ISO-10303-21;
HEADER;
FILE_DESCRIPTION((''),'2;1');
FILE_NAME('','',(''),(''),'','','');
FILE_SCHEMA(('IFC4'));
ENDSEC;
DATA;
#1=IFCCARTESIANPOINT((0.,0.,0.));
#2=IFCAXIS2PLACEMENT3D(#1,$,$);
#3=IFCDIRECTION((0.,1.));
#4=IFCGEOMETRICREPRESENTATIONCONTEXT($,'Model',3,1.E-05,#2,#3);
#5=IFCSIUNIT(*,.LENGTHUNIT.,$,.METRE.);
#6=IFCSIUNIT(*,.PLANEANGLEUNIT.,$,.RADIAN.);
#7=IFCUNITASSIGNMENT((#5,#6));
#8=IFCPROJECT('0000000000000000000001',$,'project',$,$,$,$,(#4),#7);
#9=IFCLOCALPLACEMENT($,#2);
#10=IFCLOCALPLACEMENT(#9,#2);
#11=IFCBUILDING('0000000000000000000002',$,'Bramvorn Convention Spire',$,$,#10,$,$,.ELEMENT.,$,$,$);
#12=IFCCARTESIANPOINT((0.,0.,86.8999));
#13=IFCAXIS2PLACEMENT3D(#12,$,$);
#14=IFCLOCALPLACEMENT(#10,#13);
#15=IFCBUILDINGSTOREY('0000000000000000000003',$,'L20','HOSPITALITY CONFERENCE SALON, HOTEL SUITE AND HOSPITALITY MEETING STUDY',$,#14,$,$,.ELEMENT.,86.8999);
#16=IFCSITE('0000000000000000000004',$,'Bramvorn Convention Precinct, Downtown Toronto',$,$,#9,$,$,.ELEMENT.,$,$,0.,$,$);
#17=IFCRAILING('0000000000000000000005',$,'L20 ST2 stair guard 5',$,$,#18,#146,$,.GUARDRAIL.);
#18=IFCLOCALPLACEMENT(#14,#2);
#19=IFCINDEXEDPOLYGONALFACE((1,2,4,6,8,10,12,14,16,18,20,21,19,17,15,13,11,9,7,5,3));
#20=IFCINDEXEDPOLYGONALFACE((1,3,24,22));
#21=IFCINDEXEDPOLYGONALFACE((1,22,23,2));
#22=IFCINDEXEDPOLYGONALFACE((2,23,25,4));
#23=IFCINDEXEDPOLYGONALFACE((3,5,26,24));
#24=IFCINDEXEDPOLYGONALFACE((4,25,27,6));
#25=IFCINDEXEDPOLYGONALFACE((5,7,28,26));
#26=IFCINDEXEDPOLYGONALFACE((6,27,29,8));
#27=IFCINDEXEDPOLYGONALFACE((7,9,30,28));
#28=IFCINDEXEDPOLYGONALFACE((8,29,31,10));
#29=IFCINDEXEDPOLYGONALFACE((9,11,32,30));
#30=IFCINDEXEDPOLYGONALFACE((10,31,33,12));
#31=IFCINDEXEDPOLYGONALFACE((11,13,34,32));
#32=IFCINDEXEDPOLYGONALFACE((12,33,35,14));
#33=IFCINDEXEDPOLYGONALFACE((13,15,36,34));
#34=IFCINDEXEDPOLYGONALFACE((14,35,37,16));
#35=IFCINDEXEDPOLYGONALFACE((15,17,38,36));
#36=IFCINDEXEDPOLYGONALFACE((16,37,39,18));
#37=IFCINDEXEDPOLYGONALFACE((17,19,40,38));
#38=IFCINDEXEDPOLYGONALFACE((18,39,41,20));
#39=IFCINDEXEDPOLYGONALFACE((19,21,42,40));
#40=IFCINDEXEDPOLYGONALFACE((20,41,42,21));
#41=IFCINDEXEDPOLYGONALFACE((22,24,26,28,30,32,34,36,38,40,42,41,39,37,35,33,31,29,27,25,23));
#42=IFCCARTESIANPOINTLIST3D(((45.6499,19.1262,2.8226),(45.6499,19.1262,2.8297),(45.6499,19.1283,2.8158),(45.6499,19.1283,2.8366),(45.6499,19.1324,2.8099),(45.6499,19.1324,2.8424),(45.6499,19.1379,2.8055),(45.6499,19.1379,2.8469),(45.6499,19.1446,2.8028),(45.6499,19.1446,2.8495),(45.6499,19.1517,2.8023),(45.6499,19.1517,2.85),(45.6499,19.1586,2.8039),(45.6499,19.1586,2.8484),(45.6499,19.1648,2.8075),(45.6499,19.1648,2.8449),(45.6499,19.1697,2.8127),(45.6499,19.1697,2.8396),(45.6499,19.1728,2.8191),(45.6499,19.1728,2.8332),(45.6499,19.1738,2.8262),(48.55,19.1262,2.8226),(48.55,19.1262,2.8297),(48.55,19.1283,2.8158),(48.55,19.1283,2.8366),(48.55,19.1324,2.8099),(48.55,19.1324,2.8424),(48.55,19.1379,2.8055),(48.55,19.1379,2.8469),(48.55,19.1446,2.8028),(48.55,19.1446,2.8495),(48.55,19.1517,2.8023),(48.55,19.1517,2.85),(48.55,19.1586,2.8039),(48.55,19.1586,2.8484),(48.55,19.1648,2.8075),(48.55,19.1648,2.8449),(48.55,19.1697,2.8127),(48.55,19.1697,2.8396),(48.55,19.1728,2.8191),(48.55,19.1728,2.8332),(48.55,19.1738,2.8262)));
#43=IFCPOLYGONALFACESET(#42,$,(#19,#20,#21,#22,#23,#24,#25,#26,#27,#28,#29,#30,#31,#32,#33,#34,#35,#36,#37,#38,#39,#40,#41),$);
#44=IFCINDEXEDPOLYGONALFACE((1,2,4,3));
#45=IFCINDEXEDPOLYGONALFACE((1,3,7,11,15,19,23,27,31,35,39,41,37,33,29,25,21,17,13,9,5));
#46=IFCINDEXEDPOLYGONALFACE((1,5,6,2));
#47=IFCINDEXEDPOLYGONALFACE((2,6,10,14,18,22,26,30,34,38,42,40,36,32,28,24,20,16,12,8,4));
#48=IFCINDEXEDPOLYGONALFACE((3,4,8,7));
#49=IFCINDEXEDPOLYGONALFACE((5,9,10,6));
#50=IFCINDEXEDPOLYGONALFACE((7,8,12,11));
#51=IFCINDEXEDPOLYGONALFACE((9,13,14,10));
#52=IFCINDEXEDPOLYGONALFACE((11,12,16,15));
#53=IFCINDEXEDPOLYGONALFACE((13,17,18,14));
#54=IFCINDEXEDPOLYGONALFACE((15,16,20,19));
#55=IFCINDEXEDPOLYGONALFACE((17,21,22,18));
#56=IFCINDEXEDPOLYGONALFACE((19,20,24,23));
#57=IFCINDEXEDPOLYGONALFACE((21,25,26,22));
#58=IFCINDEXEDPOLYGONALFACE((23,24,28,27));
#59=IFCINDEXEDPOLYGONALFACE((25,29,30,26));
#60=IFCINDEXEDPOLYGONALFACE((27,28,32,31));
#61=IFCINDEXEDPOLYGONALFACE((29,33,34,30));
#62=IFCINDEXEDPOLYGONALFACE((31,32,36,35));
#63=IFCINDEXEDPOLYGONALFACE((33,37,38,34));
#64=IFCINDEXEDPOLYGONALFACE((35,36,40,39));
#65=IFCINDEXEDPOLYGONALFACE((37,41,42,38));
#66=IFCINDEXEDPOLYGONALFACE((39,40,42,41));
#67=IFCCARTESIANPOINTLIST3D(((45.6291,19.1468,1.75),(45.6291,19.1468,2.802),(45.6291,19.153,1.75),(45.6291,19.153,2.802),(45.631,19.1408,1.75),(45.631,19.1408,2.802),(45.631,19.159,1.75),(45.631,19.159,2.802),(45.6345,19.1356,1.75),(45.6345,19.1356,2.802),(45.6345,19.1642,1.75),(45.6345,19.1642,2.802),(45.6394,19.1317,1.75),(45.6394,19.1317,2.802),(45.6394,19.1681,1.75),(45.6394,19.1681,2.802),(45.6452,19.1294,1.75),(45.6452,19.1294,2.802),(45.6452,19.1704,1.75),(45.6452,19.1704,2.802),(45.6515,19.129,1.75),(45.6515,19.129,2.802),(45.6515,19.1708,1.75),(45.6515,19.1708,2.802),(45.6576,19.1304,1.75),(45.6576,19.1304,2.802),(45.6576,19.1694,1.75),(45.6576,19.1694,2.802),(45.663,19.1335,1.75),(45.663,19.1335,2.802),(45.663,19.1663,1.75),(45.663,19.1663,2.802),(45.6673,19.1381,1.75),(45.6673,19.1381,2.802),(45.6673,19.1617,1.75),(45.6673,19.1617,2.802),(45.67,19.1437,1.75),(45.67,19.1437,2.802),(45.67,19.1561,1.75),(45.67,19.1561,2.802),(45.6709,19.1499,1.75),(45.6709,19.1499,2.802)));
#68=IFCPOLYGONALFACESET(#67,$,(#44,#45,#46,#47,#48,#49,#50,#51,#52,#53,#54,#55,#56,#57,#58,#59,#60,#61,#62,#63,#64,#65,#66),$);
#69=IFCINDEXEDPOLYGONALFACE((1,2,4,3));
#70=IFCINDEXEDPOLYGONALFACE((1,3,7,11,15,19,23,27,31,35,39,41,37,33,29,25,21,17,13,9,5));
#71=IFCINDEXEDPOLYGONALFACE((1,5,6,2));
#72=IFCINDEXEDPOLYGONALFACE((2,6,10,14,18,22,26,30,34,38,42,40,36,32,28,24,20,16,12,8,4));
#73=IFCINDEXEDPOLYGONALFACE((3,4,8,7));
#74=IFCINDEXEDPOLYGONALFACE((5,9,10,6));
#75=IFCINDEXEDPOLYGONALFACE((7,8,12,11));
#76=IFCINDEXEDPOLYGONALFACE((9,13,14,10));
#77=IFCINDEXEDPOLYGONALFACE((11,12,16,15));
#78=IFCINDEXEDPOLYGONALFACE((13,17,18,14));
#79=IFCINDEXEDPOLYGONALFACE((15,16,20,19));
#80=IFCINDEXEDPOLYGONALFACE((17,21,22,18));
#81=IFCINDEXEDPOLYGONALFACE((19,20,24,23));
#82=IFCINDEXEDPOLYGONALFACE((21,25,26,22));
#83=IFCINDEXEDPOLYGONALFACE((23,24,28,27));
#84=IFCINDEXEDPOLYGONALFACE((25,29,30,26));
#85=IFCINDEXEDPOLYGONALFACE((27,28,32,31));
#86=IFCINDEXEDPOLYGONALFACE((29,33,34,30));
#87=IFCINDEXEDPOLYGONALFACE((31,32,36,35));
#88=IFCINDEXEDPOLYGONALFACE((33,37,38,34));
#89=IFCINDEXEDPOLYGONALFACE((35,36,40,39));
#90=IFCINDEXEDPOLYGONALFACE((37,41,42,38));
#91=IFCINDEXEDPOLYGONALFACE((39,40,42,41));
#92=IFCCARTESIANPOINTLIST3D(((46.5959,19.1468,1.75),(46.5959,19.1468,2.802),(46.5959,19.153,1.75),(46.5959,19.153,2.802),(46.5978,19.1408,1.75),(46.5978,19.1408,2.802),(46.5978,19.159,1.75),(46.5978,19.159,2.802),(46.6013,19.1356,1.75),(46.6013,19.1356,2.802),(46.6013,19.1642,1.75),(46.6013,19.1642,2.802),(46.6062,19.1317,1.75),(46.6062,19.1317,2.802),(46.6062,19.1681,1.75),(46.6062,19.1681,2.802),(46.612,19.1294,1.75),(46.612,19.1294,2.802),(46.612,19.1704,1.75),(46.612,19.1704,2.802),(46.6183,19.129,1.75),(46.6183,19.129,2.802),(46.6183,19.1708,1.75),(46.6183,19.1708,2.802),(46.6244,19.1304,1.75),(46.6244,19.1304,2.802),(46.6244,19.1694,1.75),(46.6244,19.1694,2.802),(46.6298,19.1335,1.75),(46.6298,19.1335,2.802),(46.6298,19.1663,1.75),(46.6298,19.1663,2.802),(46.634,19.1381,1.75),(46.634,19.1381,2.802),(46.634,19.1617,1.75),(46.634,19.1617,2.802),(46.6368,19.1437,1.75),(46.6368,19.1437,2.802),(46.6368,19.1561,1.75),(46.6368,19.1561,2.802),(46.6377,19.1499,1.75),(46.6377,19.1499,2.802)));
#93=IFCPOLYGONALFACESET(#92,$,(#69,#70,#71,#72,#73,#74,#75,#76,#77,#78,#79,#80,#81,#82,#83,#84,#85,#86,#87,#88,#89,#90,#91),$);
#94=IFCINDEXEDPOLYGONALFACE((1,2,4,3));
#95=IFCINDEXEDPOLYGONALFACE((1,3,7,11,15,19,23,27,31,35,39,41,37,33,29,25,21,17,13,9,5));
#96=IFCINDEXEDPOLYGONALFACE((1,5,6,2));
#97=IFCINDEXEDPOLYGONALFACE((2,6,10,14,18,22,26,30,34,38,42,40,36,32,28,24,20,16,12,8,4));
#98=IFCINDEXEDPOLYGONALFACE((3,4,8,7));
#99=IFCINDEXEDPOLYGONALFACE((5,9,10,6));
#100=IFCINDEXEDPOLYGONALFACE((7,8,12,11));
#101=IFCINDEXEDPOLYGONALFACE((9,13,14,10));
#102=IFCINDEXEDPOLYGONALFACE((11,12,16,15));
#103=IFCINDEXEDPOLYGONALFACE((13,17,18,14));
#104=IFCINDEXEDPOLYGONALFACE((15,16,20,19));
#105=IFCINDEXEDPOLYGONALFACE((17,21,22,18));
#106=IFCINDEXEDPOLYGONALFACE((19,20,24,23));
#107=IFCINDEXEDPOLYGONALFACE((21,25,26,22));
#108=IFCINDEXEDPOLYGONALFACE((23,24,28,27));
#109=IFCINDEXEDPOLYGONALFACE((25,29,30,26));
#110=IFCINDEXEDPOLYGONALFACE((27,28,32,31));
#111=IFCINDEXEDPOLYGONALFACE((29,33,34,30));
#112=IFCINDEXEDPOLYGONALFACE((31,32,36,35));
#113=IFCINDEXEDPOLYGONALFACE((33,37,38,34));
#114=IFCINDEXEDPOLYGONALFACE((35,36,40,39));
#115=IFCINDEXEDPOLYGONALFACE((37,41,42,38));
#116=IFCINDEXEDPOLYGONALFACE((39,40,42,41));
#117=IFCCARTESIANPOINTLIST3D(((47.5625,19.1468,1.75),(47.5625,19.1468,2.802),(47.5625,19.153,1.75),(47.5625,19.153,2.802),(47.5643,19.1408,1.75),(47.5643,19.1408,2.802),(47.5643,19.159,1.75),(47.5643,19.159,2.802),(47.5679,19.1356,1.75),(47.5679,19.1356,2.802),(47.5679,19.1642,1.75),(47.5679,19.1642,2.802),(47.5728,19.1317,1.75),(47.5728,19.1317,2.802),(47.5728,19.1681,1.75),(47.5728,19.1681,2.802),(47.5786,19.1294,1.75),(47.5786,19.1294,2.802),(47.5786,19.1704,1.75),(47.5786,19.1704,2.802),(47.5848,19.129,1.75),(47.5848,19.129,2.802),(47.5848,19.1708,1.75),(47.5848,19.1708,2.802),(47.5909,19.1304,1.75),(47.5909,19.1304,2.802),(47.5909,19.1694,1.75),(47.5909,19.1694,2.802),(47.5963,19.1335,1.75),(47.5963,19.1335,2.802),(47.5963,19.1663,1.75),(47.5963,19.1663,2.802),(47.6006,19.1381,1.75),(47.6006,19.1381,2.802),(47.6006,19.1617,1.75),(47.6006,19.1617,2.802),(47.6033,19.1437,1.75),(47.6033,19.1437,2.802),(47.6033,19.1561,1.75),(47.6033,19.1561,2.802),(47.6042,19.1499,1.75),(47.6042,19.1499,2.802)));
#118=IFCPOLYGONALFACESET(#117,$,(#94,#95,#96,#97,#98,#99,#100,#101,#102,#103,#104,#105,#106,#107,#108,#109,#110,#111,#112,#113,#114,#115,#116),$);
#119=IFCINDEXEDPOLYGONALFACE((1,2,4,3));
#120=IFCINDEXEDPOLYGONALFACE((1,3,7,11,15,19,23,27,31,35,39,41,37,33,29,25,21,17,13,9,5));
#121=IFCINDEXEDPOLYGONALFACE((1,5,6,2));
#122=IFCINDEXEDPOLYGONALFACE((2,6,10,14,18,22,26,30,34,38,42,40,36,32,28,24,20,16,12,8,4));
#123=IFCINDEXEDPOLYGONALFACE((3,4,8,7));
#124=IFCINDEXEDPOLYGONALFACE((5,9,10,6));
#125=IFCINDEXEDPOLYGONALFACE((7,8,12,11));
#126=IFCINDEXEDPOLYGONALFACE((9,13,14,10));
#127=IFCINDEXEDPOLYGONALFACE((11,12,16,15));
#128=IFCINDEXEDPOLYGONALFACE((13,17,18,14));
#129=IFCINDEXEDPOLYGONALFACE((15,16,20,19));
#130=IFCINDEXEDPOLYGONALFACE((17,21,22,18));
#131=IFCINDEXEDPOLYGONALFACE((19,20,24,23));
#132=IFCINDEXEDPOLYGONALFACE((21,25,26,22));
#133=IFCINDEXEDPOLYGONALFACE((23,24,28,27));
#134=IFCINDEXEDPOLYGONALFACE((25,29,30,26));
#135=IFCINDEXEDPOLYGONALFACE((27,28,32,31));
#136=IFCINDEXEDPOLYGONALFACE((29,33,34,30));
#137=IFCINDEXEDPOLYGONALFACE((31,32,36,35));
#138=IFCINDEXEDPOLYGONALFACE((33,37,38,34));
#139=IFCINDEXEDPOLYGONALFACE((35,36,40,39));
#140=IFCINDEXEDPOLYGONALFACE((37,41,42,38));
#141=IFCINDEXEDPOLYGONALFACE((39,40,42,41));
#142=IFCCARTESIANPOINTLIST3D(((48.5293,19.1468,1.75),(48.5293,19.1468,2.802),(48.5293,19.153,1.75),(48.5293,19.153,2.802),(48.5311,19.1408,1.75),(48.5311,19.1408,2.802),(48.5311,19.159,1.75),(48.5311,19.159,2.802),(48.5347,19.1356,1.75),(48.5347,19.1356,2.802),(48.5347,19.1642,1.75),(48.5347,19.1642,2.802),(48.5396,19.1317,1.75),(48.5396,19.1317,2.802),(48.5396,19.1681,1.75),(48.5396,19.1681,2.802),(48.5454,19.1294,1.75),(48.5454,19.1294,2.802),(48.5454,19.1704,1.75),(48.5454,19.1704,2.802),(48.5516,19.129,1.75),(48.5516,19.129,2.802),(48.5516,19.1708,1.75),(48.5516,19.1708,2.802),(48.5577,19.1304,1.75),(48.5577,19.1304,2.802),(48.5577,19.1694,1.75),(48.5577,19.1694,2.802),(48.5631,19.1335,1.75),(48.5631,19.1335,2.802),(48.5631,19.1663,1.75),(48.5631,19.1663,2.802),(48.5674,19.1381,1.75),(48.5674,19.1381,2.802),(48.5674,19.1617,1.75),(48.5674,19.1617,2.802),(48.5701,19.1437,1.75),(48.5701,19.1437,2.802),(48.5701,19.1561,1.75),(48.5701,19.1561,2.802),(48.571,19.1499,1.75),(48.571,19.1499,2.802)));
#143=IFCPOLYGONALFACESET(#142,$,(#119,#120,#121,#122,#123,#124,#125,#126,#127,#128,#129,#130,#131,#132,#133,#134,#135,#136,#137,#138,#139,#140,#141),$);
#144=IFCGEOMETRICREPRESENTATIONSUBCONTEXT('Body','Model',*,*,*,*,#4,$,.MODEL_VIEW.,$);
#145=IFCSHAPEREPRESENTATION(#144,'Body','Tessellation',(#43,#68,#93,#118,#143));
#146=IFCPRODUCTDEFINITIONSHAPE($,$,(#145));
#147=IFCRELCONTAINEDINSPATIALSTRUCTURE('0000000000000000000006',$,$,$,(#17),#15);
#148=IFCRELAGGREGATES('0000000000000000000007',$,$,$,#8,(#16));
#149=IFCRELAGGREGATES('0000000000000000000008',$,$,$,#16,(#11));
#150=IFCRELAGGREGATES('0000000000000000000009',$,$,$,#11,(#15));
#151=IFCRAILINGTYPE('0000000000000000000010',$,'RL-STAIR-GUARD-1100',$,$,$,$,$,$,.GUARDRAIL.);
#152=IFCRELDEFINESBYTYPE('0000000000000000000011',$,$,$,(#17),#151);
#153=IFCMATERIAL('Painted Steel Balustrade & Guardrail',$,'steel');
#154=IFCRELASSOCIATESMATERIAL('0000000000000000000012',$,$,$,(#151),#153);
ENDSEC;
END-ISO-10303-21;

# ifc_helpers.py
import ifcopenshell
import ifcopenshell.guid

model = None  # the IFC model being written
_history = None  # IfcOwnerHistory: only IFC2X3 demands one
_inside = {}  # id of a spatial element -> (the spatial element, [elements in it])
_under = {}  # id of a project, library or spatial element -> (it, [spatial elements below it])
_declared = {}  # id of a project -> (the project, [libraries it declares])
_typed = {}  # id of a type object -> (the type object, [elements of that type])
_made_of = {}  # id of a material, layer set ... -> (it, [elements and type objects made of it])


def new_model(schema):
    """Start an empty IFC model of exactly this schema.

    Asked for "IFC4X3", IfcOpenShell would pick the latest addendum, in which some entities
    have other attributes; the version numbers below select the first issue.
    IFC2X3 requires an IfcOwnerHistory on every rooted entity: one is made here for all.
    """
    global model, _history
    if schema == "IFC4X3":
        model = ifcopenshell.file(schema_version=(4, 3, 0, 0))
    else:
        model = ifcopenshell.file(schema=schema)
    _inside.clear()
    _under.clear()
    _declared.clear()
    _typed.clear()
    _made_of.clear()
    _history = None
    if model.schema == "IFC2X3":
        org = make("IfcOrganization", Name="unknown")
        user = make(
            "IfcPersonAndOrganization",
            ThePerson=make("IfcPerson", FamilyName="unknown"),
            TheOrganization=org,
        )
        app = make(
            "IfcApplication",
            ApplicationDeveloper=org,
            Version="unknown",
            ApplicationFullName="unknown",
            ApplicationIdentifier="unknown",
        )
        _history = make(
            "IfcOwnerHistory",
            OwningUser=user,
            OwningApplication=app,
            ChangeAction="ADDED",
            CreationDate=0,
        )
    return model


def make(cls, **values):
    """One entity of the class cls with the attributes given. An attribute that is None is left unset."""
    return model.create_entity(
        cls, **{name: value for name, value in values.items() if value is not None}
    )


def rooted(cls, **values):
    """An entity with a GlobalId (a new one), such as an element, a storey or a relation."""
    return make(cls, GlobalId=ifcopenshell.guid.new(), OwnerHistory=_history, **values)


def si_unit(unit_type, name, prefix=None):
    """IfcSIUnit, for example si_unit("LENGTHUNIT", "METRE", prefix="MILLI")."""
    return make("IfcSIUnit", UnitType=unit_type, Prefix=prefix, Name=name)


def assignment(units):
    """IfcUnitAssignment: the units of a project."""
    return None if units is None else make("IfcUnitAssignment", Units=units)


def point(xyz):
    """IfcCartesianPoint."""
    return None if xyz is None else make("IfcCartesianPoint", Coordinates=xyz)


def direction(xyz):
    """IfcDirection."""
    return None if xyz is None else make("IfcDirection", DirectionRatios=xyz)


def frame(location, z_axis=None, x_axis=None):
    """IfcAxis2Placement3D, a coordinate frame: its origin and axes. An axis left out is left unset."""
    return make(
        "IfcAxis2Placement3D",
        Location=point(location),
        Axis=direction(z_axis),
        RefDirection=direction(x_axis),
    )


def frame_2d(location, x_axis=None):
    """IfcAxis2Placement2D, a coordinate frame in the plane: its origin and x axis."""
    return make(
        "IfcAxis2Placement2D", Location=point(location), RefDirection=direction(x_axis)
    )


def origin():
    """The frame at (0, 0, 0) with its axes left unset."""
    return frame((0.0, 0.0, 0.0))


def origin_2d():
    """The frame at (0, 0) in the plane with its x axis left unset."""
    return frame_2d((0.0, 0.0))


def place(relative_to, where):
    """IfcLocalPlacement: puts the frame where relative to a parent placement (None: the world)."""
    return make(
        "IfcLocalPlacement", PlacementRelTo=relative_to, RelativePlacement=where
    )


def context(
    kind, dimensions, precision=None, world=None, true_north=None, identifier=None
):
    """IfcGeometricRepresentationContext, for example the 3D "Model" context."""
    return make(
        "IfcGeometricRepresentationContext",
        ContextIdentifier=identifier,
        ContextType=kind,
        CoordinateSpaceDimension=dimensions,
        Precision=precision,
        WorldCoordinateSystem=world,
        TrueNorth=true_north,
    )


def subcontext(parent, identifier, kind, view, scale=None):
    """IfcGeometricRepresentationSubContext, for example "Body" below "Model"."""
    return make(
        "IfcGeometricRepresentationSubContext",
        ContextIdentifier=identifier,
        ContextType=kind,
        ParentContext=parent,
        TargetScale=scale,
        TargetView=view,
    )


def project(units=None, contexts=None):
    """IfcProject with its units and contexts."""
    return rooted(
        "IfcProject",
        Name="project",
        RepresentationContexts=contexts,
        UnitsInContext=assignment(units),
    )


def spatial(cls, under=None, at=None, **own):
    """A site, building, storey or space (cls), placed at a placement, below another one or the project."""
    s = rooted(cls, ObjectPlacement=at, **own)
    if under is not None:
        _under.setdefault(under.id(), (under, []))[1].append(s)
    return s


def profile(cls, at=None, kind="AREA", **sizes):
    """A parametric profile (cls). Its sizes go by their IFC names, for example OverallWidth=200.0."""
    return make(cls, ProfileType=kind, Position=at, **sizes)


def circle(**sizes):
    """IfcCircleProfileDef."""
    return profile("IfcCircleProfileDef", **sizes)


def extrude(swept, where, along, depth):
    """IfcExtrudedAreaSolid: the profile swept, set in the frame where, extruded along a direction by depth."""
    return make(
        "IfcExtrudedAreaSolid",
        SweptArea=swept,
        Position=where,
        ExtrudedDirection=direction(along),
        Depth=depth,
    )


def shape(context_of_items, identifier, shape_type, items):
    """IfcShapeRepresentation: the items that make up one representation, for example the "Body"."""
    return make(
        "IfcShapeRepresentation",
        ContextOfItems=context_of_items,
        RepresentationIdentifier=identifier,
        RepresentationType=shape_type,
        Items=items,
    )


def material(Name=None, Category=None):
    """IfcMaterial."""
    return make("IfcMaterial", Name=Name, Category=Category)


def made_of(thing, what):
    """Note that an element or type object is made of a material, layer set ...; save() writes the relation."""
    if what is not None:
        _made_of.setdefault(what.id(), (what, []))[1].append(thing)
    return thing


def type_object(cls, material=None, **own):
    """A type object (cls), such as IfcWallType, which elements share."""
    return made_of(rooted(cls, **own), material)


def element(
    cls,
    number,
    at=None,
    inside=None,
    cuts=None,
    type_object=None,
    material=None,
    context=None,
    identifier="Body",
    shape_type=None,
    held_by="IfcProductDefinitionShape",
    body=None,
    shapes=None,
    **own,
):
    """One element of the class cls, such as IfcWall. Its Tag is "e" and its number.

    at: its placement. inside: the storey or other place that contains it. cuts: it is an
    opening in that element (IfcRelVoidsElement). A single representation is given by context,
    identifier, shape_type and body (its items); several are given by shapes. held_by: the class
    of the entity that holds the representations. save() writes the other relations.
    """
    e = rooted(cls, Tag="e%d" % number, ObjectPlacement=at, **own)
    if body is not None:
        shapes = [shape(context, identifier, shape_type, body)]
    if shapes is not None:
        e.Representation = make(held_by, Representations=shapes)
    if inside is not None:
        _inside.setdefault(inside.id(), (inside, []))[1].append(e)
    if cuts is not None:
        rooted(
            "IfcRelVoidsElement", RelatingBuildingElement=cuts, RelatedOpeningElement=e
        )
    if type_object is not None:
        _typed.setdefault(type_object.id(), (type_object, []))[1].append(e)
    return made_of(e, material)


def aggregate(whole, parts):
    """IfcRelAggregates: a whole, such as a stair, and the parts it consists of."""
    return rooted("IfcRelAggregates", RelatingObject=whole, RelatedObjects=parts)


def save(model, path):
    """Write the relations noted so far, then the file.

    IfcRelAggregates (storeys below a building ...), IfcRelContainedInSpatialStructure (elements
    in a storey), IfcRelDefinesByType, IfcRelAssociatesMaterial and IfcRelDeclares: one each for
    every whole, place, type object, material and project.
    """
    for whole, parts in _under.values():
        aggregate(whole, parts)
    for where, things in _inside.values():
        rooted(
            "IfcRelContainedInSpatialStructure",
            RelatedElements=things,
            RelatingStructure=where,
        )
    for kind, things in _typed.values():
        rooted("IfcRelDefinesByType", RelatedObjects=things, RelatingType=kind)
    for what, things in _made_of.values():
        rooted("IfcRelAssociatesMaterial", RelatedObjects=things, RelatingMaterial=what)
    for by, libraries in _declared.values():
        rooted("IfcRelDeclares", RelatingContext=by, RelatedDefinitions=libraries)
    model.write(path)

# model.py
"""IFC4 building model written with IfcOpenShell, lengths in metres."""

from ifc_helpers import new_model, si_unit, direction, frame, origin, origin_2d, place, context, subcontext, project, spatial, circle, extrude, material, type_object, element, save


model = new_model("IFC4")

# Units and contexts
model_context = context("Model", 3, precision=1e-05, world=origin(), true_north=direction((0.0, 1.0)))
body_context = subcontext(model_context, "Body", "Model", "MODEL_VIEW")
ifc_project = project(units=[si_unit("LENGTHUNIT", "METRE"), si_unit("PLANEANGLEUNIT", "RADIAN")], contexts=[model_context])

# Site, building, storey
site_placement = place(None, origin())
site = spatial("IfcSite", under=ifc_project, at=site_placement, Name="Bramvorn Convention Precinct, Downtown Toronto", CompositionType="ELEMENT", RefElevation=0.0)
building_placement = place(site_placement, origin())
building = spatial("IfcBuilding", under=site, at=building_placement, Name="Bramvorn Convention Spire", CompositionType="ELEMENT")
storey_placement = place(building_placement, frame((0.0, 0.0, 86.8999)))
storey = spatial("IfcBuildingStorey", under=building, at=storey_placement, Name="L20", Description="HOSPITALITY CONFERENCE SALON, HOTEL SUITE AND HOSPITALITY MEETING STUDY", CompositionType="ELEMENT", Elevation=86.8999)

# Railing
ifc_material_1 = material(Name="Painted Steel Balustrade & Guardrail", Category="steel")
railing_type_1 = type_object("IfcRailingType", Name="RL-STAIR-GUARD-1100", PredefinedType="GUARDRAIL", material=ifc_material_1)
railing_1_placement = place(storey_placement, frame((45.6499, 19.1499, 1.75)))
element("IfcRailing", 1, at=railing_1_placement, inside=storey, type_object=railing_type_1, Name="L20 ST2 stair guard 5", PredefinedType="GUARDRAIL", context=body_context, shape_type="SweptSolid", body=[
    extrude(circle(Radius=0.0239, at=origin_2d()), frame((0.0, 0.0, 1.0762), z_axis=(1.0, 0.0, 0.0), x_axis=(0.0, 1.0, 0.0)), (0.0, 0.0, 1.0), 2.9001),
    extrude(circle(Radius=0.021, at=origin_2d()), origin(), (0.0, 0.0, 1.0), 1.052),
    extrude(circle(Radius=0.021, at=origin_2d()), frame((0.9668, 0.0, 0.0)), (0.0, 0.0, 1.0), 1.052),
    extrude(circle(Radius=0.021, at=origin_2d()), frame((1.9333, 0.0, 0.0)), (0.0, 0.0, 1.0), 1.052),
    extrude(circle(Radius=0.021, at=origin_2d()), frame((2.9001, 0.0, 0.0)), (0.0, 0.0, 1.0), 1.052),
])

save(model, "model.ifc")
